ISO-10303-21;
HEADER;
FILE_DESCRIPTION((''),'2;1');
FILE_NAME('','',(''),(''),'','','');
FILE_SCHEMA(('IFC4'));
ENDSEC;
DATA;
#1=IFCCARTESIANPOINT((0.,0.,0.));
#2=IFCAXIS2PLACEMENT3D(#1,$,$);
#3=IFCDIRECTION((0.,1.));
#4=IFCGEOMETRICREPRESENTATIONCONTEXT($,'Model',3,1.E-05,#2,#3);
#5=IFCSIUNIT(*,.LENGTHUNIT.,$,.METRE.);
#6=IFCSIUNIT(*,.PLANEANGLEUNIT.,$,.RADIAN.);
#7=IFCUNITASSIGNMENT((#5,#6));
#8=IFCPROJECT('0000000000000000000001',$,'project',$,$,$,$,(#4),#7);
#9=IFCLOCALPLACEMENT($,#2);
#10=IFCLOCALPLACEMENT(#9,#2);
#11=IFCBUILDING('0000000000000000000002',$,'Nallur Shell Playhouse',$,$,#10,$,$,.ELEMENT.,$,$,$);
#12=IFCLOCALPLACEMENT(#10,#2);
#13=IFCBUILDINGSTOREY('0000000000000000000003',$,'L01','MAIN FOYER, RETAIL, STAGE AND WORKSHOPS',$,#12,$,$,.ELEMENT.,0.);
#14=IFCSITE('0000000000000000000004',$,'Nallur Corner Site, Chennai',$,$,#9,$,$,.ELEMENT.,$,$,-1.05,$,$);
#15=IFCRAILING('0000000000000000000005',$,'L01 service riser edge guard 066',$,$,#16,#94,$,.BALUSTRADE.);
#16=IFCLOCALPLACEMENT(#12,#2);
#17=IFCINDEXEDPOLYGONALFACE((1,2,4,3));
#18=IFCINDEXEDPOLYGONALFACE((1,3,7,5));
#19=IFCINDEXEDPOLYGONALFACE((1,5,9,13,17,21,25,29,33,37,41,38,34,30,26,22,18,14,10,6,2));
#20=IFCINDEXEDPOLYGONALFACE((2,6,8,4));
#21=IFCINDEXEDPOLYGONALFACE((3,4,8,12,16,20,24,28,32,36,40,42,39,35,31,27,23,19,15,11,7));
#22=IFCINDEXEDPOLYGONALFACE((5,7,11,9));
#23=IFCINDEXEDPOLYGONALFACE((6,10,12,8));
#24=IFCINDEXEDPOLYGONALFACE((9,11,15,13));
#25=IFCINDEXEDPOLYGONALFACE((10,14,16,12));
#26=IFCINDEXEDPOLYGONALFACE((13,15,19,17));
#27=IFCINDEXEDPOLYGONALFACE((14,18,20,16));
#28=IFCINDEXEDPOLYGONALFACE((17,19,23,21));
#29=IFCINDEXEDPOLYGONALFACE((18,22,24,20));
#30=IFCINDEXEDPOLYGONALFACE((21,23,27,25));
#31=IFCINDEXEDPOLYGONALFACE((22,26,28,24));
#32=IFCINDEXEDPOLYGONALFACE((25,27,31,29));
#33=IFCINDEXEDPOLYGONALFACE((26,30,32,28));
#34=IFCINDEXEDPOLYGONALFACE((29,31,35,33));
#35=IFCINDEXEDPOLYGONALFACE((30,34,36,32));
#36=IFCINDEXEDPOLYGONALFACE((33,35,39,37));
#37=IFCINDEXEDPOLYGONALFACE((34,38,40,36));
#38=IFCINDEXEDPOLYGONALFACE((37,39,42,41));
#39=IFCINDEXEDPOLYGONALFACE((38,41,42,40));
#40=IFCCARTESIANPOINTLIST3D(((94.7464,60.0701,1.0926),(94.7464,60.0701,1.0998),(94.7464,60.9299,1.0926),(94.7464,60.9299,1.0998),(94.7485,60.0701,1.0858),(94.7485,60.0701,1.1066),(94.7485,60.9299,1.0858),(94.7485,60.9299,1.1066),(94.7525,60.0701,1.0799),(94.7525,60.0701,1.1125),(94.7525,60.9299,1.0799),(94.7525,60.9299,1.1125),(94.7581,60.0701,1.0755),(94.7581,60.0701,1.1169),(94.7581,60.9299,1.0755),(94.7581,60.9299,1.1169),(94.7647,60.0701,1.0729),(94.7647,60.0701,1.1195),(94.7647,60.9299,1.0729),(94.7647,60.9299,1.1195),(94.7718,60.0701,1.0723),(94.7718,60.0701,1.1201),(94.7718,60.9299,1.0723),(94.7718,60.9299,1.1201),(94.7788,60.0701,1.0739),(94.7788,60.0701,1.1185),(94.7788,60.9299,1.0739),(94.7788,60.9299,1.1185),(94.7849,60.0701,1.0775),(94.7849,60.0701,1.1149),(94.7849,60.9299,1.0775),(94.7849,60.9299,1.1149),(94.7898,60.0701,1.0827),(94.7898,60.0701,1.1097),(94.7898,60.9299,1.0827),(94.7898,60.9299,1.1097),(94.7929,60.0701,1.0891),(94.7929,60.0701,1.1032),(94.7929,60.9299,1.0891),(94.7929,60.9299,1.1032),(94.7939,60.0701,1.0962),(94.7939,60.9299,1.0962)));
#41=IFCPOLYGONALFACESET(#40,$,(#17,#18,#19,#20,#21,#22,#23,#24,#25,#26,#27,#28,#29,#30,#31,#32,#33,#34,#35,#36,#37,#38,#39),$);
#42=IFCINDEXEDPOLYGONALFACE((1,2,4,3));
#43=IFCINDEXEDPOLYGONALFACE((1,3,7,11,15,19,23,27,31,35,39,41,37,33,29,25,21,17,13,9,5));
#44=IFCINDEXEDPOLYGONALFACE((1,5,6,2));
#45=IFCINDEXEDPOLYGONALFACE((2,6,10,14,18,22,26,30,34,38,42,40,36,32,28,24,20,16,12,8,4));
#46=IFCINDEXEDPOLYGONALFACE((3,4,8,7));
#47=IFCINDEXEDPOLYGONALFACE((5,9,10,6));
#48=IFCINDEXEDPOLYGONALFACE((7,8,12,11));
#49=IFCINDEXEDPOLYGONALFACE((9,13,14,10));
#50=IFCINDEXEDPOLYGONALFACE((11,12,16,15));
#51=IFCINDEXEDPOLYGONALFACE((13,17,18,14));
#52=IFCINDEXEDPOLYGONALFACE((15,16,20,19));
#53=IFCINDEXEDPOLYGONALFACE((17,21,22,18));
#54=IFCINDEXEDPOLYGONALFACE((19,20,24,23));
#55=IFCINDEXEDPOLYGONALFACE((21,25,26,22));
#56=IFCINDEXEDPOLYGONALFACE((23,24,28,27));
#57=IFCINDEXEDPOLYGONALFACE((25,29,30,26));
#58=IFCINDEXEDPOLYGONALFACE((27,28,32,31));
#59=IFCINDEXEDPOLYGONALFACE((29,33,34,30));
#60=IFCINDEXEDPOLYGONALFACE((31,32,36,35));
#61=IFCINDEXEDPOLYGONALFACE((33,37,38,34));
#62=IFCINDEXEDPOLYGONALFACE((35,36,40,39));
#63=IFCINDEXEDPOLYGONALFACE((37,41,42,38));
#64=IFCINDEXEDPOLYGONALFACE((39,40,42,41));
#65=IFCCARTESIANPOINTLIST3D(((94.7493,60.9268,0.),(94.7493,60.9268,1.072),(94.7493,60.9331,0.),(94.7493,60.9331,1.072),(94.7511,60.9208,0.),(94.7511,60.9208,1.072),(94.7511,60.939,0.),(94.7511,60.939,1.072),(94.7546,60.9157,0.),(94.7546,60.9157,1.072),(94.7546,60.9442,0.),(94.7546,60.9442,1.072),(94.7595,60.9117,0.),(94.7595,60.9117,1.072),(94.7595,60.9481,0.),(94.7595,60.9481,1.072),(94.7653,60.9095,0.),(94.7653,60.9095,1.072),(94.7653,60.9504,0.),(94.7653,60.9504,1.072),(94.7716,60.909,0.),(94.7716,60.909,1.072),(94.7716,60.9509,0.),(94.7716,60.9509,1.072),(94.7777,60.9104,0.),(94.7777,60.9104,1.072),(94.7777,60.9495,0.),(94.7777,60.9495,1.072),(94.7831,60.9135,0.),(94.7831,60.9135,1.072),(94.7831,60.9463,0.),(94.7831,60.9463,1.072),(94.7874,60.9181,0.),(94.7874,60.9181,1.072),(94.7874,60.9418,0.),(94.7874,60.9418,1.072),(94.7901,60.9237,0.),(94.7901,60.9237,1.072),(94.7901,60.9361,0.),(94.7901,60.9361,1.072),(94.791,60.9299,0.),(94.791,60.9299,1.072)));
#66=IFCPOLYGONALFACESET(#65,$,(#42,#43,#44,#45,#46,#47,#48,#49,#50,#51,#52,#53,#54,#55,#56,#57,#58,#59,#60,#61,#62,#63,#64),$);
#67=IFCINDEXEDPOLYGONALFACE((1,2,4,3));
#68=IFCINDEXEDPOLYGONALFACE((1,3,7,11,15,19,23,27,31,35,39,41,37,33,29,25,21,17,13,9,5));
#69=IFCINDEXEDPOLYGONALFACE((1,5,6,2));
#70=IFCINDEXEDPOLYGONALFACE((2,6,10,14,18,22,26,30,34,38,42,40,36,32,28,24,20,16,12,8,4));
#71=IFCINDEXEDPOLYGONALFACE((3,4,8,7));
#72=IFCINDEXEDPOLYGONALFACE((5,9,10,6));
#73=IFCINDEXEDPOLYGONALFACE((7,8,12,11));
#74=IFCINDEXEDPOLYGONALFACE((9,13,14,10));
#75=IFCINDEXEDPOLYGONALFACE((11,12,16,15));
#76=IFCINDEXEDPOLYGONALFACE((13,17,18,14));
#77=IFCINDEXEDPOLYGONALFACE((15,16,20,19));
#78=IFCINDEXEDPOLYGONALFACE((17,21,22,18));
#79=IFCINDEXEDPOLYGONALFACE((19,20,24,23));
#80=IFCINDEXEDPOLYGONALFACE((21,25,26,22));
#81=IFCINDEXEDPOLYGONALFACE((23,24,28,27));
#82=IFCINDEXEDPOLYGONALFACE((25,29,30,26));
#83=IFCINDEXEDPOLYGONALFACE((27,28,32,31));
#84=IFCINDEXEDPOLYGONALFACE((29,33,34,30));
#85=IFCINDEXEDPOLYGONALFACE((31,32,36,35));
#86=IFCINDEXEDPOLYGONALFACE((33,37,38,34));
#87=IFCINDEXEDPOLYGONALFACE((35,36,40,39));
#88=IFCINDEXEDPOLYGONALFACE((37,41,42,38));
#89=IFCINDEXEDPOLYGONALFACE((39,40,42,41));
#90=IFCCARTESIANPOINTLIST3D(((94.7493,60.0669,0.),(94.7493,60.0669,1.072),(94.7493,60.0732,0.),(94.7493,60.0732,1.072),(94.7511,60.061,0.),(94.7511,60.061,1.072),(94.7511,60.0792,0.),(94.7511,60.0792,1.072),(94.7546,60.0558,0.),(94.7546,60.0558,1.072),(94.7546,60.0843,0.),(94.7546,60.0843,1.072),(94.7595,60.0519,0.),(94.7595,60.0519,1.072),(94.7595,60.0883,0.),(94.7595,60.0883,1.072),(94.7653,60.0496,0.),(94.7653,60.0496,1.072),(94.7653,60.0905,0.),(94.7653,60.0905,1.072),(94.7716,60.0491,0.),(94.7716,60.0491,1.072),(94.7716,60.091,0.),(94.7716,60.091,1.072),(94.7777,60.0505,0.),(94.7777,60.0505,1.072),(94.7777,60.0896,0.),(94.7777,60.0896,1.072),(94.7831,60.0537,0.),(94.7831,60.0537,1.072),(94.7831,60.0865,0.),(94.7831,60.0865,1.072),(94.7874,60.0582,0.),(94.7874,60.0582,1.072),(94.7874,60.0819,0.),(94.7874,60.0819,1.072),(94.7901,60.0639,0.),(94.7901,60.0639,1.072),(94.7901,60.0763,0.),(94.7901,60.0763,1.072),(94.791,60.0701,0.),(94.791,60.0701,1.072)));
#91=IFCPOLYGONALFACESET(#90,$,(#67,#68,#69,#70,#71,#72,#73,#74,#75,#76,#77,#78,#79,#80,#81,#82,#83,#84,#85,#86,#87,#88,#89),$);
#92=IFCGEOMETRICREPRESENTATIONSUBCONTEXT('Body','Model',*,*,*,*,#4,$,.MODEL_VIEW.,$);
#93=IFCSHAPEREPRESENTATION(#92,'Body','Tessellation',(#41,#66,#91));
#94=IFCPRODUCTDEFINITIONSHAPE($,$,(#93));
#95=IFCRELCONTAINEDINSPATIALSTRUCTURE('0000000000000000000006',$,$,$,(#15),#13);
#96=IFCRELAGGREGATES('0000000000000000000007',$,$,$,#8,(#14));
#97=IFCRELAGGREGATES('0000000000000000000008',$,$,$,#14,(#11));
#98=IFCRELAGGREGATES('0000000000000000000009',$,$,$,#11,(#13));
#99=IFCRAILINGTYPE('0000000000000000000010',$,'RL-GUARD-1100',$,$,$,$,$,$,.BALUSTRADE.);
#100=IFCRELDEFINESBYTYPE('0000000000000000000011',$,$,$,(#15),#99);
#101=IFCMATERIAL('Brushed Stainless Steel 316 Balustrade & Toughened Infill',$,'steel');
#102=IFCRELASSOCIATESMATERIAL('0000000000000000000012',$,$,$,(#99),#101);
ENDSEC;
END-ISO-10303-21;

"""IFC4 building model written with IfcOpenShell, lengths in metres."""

from ifc_helpers import new_model, si_unit, direction, frame, origin, origin_2d, place, context, subcontext, project, spatial, circle, extrude, material, type_object, element, save


model = new_model("IFC4")

# Units and contexts
model_context = context("Model", 3, precision=1e-05, world=origin(), true_north=direction((0.0, 1.0)))
body_context = subcontext(model_context, "Body", "Model", "MODEL_VIEW")
ifc_project = project(units=[si_unit("LENGTHUNIT", "METRE"), si_unit("PLANEANGLEUNIT", "RADIAN")], contexts=[model_context])

# Site, building, storey
site_placement = place(None, origin())
site = spatial("IfcSite", under=ifc_project, at=site_placement, Name="Nallur Corner Site, Chennai", CompositionType="ELEMENT", RefElevation=-1.05)
building_placement = place(site_placement, origin())
building = spatial("IfcBuilding", under=site, at=building_placement, Name="Nallur Shell Playhouse", CompositionType="ELEMENT")
storey_placement = place(building_placement, origin())
storey = spatial("IfcBuildingStorey", under=building, at=storey_placement, Name="L01", Description="MAIN FOYER, RETAIL, STAGE AND WORKSHOPS", CompositionType="ELEMENT", Elevation=0.0)

# Railing
ifc_material_1 = material(Name="Brushed Stainless Steel 316 Balustrade & Toughened Infill", Category="steel")
railing_type = type_object("IfcRailingType", Name="RL-GUARD-1100", PredefinedType="BALUSTRADE", material=ifc_material_1)
railing_1_placement = place(storey_placement, frame((94.77, 60.9299, 0.0)))
element("IfcRailing", 1, at=railing_1_placement, inside=storey, type_object=railing_type, Name="L01 service riser edge guard 066", PredefinedType="BALUSTRADE", context=body_context, shape_type="SweptSolid", body=[
    extrude(circle(Radius=0.0239, at=origin_2d()), frame((0.0, 0.0, 1.0962), z_axis=(0.0, -1.0, 0.0), x_axis=(1.0, 0.0, 0.0)), (0.0, 0.0, 1.0), 0.8599),
    extrude(circle(Radius=0.021, at=origin_2d()), origin(), (0.0, 0.0, 1.0), 1.072),
    extrude(circle(Radius=0.021, at=origin_2d()), frame((0.0, -0.8599, 0.0)), (0.0, 0.0, 1.0), 1.072),
])

save(model, "model.ifc")
